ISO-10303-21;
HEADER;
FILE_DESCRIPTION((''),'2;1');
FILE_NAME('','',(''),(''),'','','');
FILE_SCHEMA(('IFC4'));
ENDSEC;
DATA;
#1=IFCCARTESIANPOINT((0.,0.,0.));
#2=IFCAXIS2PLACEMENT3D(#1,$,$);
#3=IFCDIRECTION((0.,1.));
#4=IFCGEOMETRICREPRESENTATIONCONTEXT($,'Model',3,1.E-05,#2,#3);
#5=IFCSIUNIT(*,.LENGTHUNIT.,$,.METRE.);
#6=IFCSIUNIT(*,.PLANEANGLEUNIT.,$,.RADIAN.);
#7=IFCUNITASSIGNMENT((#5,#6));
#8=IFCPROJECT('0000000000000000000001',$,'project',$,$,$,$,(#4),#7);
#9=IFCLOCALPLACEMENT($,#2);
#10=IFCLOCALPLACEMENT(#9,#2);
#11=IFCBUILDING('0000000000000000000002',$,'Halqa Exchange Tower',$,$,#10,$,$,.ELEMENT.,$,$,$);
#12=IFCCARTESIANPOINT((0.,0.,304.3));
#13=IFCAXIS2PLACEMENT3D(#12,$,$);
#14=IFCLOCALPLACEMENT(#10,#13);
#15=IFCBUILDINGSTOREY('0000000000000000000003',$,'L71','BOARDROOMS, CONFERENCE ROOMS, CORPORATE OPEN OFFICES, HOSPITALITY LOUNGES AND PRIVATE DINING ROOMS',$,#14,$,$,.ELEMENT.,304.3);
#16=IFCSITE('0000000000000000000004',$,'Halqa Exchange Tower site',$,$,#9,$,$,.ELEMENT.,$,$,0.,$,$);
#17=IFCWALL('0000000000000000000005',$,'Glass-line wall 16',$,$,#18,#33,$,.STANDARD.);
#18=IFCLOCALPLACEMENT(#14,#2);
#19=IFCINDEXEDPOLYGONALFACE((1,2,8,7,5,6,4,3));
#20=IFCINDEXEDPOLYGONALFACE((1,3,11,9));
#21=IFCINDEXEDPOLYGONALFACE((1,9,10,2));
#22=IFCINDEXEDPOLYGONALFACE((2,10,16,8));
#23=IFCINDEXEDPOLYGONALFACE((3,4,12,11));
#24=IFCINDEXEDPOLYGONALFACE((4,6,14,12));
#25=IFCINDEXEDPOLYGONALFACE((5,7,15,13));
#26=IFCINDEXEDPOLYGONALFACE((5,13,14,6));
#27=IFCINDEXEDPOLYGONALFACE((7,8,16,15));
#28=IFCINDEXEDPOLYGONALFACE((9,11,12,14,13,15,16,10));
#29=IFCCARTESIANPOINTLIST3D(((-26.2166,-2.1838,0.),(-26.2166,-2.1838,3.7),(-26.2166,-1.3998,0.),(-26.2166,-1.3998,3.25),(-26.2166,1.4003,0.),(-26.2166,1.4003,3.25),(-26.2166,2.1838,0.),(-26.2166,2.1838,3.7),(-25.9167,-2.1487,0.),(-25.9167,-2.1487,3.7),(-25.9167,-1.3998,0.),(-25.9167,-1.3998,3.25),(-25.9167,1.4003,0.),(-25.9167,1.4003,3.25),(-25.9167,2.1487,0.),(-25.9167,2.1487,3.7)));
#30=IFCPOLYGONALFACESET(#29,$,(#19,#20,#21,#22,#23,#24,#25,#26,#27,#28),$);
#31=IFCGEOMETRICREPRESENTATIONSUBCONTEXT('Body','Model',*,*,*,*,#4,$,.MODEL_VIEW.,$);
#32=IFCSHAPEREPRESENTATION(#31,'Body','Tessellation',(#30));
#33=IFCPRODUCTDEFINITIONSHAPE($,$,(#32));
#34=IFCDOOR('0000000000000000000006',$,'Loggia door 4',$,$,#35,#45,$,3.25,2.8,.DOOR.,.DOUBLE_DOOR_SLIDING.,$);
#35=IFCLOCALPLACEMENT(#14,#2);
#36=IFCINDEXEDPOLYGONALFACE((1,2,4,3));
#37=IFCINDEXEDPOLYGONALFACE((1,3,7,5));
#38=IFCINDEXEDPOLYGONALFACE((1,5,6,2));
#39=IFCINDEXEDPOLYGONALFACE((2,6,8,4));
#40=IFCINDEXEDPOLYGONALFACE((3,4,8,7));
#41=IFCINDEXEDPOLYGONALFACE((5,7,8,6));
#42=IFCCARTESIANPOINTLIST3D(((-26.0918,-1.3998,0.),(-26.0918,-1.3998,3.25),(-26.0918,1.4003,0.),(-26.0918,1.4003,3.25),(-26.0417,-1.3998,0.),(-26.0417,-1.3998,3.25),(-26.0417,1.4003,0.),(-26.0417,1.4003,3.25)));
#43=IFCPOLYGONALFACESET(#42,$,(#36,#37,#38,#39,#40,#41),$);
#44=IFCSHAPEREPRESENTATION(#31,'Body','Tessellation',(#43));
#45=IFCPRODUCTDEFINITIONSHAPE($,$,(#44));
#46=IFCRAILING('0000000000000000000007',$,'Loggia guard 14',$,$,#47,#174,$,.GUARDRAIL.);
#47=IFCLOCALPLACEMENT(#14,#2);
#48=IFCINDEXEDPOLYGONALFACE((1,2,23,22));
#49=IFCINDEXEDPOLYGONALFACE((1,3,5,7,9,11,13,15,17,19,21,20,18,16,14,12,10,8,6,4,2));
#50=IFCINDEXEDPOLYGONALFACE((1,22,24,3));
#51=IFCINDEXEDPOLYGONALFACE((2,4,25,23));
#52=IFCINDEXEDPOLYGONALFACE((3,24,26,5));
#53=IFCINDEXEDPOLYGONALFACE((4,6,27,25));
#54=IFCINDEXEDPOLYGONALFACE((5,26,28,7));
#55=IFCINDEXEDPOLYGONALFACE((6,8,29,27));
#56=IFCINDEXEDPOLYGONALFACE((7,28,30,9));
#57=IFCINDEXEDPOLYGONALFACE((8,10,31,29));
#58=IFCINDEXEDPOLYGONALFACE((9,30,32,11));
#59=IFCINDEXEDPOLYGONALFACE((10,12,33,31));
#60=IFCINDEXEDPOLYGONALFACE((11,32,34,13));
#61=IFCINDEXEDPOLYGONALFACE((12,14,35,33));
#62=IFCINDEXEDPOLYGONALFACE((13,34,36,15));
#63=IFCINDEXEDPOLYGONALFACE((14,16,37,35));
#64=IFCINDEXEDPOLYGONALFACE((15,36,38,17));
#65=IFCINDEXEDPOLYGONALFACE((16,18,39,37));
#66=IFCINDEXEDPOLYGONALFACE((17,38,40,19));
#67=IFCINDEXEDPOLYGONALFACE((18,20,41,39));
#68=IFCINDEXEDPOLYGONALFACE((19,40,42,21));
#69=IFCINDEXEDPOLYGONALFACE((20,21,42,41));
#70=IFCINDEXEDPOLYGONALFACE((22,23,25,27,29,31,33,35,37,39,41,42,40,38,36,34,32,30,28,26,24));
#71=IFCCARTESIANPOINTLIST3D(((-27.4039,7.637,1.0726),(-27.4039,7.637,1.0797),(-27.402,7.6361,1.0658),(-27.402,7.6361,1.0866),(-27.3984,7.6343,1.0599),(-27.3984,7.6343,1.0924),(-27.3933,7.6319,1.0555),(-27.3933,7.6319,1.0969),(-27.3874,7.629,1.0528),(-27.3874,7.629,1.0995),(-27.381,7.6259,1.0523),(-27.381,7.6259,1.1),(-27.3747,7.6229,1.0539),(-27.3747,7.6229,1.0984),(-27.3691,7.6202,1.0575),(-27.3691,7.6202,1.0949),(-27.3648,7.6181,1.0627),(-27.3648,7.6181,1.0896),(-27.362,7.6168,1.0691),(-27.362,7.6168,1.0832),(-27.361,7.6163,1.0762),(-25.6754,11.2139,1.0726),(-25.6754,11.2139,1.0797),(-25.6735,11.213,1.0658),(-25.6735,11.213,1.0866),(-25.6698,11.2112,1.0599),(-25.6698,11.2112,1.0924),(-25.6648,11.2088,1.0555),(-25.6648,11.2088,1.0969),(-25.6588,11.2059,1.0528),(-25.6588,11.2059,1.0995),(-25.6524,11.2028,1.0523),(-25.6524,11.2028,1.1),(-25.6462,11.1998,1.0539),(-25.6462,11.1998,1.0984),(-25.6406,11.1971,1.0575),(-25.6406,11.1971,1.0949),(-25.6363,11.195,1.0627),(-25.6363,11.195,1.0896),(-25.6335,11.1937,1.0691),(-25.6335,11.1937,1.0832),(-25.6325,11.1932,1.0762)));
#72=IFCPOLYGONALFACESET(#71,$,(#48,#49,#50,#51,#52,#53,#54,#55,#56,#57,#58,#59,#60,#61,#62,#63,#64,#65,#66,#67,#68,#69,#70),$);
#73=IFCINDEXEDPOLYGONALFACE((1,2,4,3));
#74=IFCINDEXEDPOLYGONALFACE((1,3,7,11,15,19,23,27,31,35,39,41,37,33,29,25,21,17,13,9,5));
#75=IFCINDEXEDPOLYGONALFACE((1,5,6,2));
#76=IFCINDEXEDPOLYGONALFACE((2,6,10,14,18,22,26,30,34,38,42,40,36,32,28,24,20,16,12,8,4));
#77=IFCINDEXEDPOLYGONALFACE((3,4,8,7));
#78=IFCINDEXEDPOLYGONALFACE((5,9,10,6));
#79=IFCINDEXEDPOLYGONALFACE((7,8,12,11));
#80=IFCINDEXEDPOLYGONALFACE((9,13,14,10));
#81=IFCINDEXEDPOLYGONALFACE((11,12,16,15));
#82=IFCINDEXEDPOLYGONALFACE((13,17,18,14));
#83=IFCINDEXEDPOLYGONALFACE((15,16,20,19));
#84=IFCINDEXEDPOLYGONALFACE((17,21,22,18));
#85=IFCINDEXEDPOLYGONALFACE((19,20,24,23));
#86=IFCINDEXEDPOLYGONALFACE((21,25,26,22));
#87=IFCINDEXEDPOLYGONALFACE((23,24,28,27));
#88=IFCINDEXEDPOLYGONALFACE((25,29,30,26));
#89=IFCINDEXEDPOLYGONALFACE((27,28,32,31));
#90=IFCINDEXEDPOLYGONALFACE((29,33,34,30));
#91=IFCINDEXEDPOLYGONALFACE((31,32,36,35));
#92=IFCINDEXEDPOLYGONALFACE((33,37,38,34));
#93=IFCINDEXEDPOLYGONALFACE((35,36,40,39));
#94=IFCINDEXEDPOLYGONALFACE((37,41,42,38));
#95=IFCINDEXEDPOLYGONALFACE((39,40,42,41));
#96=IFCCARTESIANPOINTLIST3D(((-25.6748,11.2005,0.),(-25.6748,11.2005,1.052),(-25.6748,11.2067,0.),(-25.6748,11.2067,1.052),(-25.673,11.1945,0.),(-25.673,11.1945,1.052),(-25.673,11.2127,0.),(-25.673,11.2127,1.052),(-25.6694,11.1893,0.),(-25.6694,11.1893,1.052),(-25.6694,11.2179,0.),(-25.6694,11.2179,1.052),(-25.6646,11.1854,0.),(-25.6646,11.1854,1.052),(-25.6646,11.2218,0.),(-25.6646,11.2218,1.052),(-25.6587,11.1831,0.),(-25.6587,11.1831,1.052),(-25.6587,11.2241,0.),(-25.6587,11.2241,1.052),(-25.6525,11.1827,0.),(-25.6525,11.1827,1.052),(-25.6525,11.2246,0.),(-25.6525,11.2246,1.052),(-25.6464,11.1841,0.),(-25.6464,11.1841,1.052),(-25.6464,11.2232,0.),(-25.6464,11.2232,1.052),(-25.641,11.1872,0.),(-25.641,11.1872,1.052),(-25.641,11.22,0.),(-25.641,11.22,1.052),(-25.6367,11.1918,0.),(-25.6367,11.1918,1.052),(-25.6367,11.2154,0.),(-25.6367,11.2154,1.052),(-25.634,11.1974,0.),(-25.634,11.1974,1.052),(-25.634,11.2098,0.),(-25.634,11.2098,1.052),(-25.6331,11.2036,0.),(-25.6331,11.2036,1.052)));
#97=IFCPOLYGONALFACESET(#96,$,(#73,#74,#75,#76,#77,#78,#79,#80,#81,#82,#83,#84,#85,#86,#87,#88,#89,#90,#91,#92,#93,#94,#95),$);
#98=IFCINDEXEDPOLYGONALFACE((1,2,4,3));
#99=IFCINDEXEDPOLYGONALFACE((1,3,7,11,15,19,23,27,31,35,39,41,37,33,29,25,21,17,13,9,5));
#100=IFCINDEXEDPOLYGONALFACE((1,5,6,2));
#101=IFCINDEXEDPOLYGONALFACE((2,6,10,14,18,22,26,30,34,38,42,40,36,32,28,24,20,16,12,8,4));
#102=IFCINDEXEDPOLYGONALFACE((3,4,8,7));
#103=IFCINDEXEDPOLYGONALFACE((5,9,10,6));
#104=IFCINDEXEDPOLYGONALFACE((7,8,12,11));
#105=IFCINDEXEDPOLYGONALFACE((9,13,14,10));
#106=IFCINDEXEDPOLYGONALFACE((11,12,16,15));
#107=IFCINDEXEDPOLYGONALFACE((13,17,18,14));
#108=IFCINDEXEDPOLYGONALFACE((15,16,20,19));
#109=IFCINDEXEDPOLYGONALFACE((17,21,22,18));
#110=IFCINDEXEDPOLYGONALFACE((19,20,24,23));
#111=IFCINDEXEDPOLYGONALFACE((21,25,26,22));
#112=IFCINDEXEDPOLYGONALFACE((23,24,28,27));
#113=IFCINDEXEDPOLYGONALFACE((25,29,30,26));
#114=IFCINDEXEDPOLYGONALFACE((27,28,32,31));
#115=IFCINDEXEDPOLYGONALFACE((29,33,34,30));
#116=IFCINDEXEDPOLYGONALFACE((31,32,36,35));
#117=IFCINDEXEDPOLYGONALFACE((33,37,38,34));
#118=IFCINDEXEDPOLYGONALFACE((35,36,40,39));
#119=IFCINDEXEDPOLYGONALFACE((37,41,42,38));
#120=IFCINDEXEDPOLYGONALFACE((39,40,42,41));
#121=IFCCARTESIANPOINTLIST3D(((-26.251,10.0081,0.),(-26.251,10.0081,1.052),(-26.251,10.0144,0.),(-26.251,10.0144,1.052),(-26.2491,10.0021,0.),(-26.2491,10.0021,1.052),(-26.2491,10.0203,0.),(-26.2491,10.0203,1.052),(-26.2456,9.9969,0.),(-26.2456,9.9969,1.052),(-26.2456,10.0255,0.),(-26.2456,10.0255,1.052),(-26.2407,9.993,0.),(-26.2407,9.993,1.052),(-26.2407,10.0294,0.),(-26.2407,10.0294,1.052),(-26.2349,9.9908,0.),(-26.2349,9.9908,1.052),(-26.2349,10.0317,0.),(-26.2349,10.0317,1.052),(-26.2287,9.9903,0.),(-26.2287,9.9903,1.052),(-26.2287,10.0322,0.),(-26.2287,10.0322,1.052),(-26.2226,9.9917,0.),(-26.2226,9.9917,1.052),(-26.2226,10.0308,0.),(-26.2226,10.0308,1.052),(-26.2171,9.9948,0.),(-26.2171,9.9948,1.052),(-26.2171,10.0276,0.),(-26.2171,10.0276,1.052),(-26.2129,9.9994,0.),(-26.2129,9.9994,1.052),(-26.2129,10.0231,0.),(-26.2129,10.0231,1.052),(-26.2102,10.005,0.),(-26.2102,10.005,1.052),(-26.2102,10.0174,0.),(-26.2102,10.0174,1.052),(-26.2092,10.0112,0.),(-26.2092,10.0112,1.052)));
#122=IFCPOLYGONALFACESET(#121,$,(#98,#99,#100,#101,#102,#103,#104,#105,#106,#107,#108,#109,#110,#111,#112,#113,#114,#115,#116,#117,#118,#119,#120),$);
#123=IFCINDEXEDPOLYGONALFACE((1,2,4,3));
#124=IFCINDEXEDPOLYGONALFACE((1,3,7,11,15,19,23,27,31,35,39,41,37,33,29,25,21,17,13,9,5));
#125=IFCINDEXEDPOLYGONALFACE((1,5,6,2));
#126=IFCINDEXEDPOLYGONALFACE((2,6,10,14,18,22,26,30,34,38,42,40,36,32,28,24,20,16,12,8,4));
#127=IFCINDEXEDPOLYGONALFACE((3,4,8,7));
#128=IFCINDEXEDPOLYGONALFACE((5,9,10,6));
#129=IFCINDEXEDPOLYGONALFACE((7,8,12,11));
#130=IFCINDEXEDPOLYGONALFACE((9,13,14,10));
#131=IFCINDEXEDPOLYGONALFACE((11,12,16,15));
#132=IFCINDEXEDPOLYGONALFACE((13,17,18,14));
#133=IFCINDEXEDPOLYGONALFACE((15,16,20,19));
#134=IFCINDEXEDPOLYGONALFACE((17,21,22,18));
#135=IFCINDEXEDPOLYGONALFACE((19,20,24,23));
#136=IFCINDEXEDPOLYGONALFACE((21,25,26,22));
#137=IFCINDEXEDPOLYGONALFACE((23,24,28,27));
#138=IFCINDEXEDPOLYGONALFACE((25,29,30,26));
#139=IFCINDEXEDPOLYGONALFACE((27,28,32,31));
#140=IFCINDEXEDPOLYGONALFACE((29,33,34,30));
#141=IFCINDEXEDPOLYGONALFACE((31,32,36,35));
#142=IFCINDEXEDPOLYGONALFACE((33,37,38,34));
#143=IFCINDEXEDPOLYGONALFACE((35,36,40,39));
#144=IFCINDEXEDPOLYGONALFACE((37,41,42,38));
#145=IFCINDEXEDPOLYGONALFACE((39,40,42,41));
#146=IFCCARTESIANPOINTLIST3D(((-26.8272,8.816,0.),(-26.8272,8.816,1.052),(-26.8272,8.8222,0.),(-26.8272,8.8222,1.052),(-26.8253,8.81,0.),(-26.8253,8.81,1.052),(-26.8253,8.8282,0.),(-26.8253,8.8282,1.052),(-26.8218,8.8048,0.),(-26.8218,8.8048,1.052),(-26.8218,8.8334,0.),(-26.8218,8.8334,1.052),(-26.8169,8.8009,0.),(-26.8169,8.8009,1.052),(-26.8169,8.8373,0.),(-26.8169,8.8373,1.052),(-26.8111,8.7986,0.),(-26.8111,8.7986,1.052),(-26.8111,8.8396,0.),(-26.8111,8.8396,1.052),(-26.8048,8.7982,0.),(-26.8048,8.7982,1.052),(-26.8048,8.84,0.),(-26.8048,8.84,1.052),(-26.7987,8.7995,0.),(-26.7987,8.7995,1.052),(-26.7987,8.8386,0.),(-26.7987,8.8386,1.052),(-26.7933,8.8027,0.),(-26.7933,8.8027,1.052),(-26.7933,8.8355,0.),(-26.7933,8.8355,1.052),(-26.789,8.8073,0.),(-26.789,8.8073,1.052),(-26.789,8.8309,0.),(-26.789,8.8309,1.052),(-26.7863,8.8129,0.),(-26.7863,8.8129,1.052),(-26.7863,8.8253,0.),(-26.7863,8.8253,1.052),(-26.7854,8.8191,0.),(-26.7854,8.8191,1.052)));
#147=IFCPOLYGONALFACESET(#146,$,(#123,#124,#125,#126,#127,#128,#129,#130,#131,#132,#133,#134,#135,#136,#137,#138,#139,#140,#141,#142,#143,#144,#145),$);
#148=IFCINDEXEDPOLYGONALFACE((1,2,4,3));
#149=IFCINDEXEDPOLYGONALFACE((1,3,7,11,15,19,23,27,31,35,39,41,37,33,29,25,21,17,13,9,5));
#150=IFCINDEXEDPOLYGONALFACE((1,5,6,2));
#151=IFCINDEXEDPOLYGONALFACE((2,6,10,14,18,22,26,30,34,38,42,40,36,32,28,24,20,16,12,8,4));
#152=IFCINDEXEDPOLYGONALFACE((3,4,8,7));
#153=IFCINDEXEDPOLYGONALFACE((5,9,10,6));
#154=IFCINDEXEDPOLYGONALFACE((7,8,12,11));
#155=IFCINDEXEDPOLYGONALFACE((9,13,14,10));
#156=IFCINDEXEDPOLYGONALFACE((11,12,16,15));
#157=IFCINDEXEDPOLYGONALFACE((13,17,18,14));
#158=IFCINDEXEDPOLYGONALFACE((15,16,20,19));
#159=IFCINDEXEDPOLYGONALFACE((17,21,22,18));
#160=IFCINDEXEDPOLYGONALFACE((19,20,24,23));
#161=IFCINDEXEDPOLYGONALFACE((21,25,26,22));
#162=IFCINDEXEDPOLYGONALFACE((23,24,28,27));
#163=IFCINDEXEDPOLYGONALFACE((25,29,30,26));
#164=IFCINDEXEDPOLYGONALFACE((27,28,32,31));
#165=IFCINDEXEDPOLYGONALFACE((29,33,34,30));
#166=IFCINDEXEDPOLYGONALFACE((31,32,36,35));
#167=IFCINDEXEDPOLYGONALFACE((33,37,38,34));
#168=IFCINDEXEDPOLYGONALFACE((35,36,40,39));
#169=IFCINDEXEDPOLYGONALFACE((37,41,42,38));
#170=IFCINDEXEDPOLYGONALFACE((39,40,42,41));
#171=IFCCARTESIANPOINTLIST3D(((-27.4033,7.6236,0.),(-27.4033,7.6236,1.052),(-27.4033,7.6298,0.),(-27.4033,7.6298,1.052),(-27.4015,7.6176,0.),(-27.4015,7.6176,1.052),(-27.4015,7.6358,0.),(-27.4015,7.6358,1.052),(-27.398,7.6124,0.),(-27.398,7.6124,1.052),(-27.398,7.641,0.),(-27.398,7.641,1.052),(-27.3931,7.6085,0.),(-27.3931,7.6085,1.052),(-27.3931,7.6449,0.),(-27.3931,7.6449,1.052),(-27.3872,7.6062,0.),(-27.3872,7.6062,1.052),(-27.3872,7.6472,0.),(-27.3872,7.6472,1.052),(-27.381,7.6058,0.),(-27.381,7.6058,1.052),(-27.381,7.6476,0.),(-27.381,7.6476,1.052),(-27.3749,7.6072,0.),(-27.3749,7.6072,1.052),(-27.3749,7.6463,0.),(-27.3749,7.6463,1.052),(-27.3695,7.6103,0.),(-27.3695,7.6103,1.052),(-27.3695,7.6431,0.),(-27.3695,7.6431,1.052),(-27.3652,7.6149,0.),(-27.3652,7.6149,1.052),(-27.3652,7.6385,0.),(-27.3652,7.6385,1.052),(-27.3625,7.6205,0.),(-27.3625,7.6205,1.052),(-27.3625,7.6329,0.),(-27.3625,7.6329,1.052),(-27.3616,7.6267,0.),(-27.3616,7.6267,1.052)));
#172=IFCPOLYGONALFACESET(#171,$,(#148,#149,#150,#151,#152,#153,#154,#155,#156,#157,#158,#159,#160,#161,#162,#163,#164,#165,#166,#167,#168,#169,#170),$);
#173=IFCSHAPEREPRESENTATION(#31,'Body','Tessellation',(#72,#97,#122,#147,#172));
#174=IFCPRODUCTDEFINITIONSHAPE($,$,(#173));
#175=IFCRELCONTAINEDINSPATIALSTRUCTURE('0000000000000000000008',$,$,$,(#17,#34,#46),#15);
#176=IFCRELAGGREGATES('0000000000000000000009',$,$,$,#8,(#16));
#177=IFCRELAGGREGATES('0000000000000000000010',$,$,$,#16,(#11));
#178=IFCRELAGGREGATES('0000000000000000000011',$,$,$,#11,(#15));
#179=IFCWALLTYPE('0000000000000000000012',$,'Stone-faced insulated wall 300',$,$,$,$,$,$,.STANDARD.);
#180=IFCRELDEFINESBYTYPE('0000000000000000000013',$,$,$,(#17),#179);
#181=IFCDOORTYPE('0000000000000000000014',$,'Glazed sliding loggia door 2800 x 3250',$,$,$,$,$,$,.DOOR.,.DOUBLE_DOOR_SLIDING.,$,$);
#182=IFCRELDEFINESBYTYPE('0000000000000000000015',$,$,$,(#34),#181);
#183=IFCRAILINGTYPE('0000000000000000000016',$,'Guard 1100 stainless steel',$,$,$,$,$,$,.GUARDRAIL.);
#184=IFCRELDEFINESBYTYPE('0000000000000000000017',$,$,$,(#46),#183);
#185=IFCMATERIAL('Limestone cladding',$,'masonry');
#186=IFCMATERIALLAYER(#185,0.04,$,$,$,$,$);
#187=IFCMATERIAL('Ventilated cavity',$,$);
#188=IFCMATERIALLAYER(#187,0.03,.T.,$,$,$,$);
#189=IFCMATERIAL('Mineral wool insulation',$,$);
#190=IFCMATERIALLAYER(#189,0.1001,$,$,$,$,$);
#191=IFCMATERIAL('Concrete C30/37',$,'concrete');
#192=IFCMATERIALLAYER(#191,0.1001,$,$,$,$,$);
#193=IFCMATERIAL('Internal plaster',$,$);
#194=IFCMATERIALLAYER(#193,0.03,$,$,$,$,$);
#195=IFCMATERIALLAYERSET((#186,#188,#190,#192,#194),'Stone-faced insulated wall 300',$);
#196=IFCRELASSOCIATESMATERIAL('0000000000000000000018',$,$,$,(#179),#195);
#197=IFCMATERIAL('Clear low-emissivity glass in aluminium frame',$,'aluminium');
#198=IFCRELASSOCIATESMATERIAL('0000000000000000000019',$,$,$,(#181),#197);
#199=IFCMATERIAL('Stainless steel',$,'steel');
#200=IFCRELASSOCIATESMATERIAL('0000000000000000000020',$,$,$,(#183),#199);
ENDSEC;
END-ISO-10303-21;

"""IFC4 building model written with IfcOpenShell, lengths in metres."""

from ifc_helpers import new_model, si_unit, direction, frame, frame_2d, origin, origin_2d, place, context, subcontext, project, spatial, polyline, rectangle, circle, outline, extrude, material, layer, layer_set, type_object, element, fill, save


model = new_model("IFC4")

# Units and contexts
model_context = context("Model", 3, precision=1e-05, world=origin(), true_north=direction((0.0, 1.0)))
body_context = subcontext(model_context, "Body", "Model", "MODEL_VIEW")
ifc_project = project(units=[si_unit("LENGTHUNIT", "METRE"), si_unit("PLANEANGLEUNIT", "RADIAN")], contexts=[model_context])

# Site, building, storey
site_placement = place(None, origin())
site = spatial("IfcSite", under=ifc_project, at=site_placement, Name="Halqa Exchange Tower site", CompositionType="ELEMENT", RefElevation=0.0)
building_placement = place(site_placement, origin())
building = spatial("IfcBuilding", under=site, at=building_placement, Name="Halqa Exchange Tower", CompositionType="ELEMENT")
storey_placement = place(building_placement, frame((0.0, 0.0, 304.3)))
storey = spatial("IfcBuildingStorey", under=building, at=storey_placement, Name="L71", Description="BOARDROOMS, CONFERENCE ROOMS, CORPORATE OPEN OFFICES, HOSPITALITY LOUNGES AND PRIVATE DINING ROOMS", CompositionType="ELEMENT", Elevation=304.3)

# Shared definitions
ifc_material_1 = material(Name="Limestone cladding", Category="masonry")
ifc_layer_1 = layer(ifc_material_1, 0.04)
ifc_material_2 = material(Name="Ventilated cavity")
ifc_layer_2 = layer(ifc_material_2, 0.03, ventilated=True)
ifc_material_3 = material(Name="Mineral wool insulation")
ifc_layer_3 = layer(ifc_material_3, 0.1001)
ifc_material_4 = material(Name="Concrete C30/37", Category="concrete")
ifc_layer_4 = layer(ifc_material_4, 0.1001)
ifc_material_5 = material(Name="Internal plaster")
ifc_layer_5 = layer(ifc_material_5, 0.03)
ifc_layer_set_1 = layer_set([ifc_layer_1, ifc_layer_2, ifc_layer_3, ifc_layer_4, ifc_layer_5], Name="Stone-faced insulated wall 300")
wall_type_1 = type_object("IfcWallType", Name="Stone-faced insulated wall 300", PredefinedType="STANDARD", material=ifc_layer_set_1)
ifc_material_6 = material(Name="Clear low-emissivity glass in aluminium frame", Category="aluminium")

# Wall, opening, door
wall_1_placement = place(storey_placement, frame((-26.0667, 2.1663, 0.0), z_axis=(0.0, 0.0, 1.0), x_axis=(0.0, -1.0, 0.0)))
wall_1 = element("IfcWall", 1, at=wall_1_placement, inside=storey, type_object=wall_type_1, Name="Glass-line wall 16", PredefinedType="STANDARD", context=body_context, shape_type="SweptSolid", body=[
    extrude(outline(polyline([(-0.0176, -0.1499), (4.3501, -0.1499), (4.3149, 0.1499), (0.0176, 0.1499), (-0.0176, -0.1499)])), origin(), (0.0, 0.0, 1.0), 3.7),
])
opening_1_placement = place(wall_1_placement, frame((0.7661, 0.0, 0.0)))
opening_1 = element("IfcOpeningElement", 2, at=opening_1_placement, cuts=wall_1, PredefinedType="OPENING", context=body_context, shape_type="SweptSolid", body=[
    extrude(rectangle(XDim=2.8, YDim=3.25, at=frame_2d((1.3999, 1.625))), frame((0.0, 0.1621, 0.0), z_axis=(0.0, -1.0, 0.0), x_axis=(1.0, 0.0, 0.0)), (0.0, 0.0, 1.0), 0.324),
])
door_type = type_object("IfcDoorType", Name="Glazed sliding loggia door 2800 x 3250", OperationType="DOUBLE_DOOR_SLIDING", PredefinedType="DOOR", material=ifc_material_6)
door_placement = place(opening_1_placement, origin())
door = element("IfcDoor", 3, at=door_placement, inside=storey, type_object=door_type, Name="Loggia door 4", OperationType="DOUBLE_DOOR_SLIDING", OverallHeight=3.25, OverallWidth=2.8, PredefinedType="DOOR", context=body_context, shape_type="SweptSolid", body=[
    extrude(rectangle(XDim=2.8, YDim=3.25, at=frame_2d((1.3999, 1.625))), frame((0.0, 0.0249, 0.0), z_axis=(0.0, -1.0, 0.0), x_axis=(1.0, 0.0, 0.0)), (0.0, 0.0, 1.0), 0.05),
])
fill(opening_1, door)

# Railing
ifc_material_7 = material(Name="Stainless steel", Category="steel")
railing_type = type_object("IfcRailingType", Name="Guard 1100 stainless steel", PredefinedType="GUARDRAIL", material=ifc_material_7)
railing_1_placement = place(storey_placement, frame((-25.6541, 11.2036, 0.0)))
element("IfcRailing", 4, at=railing_1_placement, inside=storey, type_object=railing_type, Name="Loggia guard 14", PredefinedType="GUARDRAIL", context=body_context, shape_type="SweptSolid", body=[
    extrude(circle(Radius=0.0239, at=origin_2d()), frame((0.0, 0.0, 1.0762), z_axis=(-0.435103, -0.900381, 0.0), x_axis=(0.900381, -0.435103, 0.0)), (0.0, 0.0, 1.0), 3.9727),
    extrude(circle(Radius=0.021, at=origin_2d()), origin(), (0.0, 0.0, 1.0), 1.052),
    extrude(circle(Radius=0.021, at=origin_2d()), frame((-0.5762, -1.1924, 0.0)), (0.0, 0.0, 1.0), 1.052),
    extrude(circle(Radius=0.021, at=origin_2d()), frame((-1.1523, -2.3845, 0.0)), (0.0, 0.0, 1.0), 1.052),
    extrude(circle(Radius=0.021, at=origin_2d()), frame((-1.7285, -3.5769, 0.0)), (0.0, 0.0, 1.0), 1.052),
])

save(model, "model.ifc")
